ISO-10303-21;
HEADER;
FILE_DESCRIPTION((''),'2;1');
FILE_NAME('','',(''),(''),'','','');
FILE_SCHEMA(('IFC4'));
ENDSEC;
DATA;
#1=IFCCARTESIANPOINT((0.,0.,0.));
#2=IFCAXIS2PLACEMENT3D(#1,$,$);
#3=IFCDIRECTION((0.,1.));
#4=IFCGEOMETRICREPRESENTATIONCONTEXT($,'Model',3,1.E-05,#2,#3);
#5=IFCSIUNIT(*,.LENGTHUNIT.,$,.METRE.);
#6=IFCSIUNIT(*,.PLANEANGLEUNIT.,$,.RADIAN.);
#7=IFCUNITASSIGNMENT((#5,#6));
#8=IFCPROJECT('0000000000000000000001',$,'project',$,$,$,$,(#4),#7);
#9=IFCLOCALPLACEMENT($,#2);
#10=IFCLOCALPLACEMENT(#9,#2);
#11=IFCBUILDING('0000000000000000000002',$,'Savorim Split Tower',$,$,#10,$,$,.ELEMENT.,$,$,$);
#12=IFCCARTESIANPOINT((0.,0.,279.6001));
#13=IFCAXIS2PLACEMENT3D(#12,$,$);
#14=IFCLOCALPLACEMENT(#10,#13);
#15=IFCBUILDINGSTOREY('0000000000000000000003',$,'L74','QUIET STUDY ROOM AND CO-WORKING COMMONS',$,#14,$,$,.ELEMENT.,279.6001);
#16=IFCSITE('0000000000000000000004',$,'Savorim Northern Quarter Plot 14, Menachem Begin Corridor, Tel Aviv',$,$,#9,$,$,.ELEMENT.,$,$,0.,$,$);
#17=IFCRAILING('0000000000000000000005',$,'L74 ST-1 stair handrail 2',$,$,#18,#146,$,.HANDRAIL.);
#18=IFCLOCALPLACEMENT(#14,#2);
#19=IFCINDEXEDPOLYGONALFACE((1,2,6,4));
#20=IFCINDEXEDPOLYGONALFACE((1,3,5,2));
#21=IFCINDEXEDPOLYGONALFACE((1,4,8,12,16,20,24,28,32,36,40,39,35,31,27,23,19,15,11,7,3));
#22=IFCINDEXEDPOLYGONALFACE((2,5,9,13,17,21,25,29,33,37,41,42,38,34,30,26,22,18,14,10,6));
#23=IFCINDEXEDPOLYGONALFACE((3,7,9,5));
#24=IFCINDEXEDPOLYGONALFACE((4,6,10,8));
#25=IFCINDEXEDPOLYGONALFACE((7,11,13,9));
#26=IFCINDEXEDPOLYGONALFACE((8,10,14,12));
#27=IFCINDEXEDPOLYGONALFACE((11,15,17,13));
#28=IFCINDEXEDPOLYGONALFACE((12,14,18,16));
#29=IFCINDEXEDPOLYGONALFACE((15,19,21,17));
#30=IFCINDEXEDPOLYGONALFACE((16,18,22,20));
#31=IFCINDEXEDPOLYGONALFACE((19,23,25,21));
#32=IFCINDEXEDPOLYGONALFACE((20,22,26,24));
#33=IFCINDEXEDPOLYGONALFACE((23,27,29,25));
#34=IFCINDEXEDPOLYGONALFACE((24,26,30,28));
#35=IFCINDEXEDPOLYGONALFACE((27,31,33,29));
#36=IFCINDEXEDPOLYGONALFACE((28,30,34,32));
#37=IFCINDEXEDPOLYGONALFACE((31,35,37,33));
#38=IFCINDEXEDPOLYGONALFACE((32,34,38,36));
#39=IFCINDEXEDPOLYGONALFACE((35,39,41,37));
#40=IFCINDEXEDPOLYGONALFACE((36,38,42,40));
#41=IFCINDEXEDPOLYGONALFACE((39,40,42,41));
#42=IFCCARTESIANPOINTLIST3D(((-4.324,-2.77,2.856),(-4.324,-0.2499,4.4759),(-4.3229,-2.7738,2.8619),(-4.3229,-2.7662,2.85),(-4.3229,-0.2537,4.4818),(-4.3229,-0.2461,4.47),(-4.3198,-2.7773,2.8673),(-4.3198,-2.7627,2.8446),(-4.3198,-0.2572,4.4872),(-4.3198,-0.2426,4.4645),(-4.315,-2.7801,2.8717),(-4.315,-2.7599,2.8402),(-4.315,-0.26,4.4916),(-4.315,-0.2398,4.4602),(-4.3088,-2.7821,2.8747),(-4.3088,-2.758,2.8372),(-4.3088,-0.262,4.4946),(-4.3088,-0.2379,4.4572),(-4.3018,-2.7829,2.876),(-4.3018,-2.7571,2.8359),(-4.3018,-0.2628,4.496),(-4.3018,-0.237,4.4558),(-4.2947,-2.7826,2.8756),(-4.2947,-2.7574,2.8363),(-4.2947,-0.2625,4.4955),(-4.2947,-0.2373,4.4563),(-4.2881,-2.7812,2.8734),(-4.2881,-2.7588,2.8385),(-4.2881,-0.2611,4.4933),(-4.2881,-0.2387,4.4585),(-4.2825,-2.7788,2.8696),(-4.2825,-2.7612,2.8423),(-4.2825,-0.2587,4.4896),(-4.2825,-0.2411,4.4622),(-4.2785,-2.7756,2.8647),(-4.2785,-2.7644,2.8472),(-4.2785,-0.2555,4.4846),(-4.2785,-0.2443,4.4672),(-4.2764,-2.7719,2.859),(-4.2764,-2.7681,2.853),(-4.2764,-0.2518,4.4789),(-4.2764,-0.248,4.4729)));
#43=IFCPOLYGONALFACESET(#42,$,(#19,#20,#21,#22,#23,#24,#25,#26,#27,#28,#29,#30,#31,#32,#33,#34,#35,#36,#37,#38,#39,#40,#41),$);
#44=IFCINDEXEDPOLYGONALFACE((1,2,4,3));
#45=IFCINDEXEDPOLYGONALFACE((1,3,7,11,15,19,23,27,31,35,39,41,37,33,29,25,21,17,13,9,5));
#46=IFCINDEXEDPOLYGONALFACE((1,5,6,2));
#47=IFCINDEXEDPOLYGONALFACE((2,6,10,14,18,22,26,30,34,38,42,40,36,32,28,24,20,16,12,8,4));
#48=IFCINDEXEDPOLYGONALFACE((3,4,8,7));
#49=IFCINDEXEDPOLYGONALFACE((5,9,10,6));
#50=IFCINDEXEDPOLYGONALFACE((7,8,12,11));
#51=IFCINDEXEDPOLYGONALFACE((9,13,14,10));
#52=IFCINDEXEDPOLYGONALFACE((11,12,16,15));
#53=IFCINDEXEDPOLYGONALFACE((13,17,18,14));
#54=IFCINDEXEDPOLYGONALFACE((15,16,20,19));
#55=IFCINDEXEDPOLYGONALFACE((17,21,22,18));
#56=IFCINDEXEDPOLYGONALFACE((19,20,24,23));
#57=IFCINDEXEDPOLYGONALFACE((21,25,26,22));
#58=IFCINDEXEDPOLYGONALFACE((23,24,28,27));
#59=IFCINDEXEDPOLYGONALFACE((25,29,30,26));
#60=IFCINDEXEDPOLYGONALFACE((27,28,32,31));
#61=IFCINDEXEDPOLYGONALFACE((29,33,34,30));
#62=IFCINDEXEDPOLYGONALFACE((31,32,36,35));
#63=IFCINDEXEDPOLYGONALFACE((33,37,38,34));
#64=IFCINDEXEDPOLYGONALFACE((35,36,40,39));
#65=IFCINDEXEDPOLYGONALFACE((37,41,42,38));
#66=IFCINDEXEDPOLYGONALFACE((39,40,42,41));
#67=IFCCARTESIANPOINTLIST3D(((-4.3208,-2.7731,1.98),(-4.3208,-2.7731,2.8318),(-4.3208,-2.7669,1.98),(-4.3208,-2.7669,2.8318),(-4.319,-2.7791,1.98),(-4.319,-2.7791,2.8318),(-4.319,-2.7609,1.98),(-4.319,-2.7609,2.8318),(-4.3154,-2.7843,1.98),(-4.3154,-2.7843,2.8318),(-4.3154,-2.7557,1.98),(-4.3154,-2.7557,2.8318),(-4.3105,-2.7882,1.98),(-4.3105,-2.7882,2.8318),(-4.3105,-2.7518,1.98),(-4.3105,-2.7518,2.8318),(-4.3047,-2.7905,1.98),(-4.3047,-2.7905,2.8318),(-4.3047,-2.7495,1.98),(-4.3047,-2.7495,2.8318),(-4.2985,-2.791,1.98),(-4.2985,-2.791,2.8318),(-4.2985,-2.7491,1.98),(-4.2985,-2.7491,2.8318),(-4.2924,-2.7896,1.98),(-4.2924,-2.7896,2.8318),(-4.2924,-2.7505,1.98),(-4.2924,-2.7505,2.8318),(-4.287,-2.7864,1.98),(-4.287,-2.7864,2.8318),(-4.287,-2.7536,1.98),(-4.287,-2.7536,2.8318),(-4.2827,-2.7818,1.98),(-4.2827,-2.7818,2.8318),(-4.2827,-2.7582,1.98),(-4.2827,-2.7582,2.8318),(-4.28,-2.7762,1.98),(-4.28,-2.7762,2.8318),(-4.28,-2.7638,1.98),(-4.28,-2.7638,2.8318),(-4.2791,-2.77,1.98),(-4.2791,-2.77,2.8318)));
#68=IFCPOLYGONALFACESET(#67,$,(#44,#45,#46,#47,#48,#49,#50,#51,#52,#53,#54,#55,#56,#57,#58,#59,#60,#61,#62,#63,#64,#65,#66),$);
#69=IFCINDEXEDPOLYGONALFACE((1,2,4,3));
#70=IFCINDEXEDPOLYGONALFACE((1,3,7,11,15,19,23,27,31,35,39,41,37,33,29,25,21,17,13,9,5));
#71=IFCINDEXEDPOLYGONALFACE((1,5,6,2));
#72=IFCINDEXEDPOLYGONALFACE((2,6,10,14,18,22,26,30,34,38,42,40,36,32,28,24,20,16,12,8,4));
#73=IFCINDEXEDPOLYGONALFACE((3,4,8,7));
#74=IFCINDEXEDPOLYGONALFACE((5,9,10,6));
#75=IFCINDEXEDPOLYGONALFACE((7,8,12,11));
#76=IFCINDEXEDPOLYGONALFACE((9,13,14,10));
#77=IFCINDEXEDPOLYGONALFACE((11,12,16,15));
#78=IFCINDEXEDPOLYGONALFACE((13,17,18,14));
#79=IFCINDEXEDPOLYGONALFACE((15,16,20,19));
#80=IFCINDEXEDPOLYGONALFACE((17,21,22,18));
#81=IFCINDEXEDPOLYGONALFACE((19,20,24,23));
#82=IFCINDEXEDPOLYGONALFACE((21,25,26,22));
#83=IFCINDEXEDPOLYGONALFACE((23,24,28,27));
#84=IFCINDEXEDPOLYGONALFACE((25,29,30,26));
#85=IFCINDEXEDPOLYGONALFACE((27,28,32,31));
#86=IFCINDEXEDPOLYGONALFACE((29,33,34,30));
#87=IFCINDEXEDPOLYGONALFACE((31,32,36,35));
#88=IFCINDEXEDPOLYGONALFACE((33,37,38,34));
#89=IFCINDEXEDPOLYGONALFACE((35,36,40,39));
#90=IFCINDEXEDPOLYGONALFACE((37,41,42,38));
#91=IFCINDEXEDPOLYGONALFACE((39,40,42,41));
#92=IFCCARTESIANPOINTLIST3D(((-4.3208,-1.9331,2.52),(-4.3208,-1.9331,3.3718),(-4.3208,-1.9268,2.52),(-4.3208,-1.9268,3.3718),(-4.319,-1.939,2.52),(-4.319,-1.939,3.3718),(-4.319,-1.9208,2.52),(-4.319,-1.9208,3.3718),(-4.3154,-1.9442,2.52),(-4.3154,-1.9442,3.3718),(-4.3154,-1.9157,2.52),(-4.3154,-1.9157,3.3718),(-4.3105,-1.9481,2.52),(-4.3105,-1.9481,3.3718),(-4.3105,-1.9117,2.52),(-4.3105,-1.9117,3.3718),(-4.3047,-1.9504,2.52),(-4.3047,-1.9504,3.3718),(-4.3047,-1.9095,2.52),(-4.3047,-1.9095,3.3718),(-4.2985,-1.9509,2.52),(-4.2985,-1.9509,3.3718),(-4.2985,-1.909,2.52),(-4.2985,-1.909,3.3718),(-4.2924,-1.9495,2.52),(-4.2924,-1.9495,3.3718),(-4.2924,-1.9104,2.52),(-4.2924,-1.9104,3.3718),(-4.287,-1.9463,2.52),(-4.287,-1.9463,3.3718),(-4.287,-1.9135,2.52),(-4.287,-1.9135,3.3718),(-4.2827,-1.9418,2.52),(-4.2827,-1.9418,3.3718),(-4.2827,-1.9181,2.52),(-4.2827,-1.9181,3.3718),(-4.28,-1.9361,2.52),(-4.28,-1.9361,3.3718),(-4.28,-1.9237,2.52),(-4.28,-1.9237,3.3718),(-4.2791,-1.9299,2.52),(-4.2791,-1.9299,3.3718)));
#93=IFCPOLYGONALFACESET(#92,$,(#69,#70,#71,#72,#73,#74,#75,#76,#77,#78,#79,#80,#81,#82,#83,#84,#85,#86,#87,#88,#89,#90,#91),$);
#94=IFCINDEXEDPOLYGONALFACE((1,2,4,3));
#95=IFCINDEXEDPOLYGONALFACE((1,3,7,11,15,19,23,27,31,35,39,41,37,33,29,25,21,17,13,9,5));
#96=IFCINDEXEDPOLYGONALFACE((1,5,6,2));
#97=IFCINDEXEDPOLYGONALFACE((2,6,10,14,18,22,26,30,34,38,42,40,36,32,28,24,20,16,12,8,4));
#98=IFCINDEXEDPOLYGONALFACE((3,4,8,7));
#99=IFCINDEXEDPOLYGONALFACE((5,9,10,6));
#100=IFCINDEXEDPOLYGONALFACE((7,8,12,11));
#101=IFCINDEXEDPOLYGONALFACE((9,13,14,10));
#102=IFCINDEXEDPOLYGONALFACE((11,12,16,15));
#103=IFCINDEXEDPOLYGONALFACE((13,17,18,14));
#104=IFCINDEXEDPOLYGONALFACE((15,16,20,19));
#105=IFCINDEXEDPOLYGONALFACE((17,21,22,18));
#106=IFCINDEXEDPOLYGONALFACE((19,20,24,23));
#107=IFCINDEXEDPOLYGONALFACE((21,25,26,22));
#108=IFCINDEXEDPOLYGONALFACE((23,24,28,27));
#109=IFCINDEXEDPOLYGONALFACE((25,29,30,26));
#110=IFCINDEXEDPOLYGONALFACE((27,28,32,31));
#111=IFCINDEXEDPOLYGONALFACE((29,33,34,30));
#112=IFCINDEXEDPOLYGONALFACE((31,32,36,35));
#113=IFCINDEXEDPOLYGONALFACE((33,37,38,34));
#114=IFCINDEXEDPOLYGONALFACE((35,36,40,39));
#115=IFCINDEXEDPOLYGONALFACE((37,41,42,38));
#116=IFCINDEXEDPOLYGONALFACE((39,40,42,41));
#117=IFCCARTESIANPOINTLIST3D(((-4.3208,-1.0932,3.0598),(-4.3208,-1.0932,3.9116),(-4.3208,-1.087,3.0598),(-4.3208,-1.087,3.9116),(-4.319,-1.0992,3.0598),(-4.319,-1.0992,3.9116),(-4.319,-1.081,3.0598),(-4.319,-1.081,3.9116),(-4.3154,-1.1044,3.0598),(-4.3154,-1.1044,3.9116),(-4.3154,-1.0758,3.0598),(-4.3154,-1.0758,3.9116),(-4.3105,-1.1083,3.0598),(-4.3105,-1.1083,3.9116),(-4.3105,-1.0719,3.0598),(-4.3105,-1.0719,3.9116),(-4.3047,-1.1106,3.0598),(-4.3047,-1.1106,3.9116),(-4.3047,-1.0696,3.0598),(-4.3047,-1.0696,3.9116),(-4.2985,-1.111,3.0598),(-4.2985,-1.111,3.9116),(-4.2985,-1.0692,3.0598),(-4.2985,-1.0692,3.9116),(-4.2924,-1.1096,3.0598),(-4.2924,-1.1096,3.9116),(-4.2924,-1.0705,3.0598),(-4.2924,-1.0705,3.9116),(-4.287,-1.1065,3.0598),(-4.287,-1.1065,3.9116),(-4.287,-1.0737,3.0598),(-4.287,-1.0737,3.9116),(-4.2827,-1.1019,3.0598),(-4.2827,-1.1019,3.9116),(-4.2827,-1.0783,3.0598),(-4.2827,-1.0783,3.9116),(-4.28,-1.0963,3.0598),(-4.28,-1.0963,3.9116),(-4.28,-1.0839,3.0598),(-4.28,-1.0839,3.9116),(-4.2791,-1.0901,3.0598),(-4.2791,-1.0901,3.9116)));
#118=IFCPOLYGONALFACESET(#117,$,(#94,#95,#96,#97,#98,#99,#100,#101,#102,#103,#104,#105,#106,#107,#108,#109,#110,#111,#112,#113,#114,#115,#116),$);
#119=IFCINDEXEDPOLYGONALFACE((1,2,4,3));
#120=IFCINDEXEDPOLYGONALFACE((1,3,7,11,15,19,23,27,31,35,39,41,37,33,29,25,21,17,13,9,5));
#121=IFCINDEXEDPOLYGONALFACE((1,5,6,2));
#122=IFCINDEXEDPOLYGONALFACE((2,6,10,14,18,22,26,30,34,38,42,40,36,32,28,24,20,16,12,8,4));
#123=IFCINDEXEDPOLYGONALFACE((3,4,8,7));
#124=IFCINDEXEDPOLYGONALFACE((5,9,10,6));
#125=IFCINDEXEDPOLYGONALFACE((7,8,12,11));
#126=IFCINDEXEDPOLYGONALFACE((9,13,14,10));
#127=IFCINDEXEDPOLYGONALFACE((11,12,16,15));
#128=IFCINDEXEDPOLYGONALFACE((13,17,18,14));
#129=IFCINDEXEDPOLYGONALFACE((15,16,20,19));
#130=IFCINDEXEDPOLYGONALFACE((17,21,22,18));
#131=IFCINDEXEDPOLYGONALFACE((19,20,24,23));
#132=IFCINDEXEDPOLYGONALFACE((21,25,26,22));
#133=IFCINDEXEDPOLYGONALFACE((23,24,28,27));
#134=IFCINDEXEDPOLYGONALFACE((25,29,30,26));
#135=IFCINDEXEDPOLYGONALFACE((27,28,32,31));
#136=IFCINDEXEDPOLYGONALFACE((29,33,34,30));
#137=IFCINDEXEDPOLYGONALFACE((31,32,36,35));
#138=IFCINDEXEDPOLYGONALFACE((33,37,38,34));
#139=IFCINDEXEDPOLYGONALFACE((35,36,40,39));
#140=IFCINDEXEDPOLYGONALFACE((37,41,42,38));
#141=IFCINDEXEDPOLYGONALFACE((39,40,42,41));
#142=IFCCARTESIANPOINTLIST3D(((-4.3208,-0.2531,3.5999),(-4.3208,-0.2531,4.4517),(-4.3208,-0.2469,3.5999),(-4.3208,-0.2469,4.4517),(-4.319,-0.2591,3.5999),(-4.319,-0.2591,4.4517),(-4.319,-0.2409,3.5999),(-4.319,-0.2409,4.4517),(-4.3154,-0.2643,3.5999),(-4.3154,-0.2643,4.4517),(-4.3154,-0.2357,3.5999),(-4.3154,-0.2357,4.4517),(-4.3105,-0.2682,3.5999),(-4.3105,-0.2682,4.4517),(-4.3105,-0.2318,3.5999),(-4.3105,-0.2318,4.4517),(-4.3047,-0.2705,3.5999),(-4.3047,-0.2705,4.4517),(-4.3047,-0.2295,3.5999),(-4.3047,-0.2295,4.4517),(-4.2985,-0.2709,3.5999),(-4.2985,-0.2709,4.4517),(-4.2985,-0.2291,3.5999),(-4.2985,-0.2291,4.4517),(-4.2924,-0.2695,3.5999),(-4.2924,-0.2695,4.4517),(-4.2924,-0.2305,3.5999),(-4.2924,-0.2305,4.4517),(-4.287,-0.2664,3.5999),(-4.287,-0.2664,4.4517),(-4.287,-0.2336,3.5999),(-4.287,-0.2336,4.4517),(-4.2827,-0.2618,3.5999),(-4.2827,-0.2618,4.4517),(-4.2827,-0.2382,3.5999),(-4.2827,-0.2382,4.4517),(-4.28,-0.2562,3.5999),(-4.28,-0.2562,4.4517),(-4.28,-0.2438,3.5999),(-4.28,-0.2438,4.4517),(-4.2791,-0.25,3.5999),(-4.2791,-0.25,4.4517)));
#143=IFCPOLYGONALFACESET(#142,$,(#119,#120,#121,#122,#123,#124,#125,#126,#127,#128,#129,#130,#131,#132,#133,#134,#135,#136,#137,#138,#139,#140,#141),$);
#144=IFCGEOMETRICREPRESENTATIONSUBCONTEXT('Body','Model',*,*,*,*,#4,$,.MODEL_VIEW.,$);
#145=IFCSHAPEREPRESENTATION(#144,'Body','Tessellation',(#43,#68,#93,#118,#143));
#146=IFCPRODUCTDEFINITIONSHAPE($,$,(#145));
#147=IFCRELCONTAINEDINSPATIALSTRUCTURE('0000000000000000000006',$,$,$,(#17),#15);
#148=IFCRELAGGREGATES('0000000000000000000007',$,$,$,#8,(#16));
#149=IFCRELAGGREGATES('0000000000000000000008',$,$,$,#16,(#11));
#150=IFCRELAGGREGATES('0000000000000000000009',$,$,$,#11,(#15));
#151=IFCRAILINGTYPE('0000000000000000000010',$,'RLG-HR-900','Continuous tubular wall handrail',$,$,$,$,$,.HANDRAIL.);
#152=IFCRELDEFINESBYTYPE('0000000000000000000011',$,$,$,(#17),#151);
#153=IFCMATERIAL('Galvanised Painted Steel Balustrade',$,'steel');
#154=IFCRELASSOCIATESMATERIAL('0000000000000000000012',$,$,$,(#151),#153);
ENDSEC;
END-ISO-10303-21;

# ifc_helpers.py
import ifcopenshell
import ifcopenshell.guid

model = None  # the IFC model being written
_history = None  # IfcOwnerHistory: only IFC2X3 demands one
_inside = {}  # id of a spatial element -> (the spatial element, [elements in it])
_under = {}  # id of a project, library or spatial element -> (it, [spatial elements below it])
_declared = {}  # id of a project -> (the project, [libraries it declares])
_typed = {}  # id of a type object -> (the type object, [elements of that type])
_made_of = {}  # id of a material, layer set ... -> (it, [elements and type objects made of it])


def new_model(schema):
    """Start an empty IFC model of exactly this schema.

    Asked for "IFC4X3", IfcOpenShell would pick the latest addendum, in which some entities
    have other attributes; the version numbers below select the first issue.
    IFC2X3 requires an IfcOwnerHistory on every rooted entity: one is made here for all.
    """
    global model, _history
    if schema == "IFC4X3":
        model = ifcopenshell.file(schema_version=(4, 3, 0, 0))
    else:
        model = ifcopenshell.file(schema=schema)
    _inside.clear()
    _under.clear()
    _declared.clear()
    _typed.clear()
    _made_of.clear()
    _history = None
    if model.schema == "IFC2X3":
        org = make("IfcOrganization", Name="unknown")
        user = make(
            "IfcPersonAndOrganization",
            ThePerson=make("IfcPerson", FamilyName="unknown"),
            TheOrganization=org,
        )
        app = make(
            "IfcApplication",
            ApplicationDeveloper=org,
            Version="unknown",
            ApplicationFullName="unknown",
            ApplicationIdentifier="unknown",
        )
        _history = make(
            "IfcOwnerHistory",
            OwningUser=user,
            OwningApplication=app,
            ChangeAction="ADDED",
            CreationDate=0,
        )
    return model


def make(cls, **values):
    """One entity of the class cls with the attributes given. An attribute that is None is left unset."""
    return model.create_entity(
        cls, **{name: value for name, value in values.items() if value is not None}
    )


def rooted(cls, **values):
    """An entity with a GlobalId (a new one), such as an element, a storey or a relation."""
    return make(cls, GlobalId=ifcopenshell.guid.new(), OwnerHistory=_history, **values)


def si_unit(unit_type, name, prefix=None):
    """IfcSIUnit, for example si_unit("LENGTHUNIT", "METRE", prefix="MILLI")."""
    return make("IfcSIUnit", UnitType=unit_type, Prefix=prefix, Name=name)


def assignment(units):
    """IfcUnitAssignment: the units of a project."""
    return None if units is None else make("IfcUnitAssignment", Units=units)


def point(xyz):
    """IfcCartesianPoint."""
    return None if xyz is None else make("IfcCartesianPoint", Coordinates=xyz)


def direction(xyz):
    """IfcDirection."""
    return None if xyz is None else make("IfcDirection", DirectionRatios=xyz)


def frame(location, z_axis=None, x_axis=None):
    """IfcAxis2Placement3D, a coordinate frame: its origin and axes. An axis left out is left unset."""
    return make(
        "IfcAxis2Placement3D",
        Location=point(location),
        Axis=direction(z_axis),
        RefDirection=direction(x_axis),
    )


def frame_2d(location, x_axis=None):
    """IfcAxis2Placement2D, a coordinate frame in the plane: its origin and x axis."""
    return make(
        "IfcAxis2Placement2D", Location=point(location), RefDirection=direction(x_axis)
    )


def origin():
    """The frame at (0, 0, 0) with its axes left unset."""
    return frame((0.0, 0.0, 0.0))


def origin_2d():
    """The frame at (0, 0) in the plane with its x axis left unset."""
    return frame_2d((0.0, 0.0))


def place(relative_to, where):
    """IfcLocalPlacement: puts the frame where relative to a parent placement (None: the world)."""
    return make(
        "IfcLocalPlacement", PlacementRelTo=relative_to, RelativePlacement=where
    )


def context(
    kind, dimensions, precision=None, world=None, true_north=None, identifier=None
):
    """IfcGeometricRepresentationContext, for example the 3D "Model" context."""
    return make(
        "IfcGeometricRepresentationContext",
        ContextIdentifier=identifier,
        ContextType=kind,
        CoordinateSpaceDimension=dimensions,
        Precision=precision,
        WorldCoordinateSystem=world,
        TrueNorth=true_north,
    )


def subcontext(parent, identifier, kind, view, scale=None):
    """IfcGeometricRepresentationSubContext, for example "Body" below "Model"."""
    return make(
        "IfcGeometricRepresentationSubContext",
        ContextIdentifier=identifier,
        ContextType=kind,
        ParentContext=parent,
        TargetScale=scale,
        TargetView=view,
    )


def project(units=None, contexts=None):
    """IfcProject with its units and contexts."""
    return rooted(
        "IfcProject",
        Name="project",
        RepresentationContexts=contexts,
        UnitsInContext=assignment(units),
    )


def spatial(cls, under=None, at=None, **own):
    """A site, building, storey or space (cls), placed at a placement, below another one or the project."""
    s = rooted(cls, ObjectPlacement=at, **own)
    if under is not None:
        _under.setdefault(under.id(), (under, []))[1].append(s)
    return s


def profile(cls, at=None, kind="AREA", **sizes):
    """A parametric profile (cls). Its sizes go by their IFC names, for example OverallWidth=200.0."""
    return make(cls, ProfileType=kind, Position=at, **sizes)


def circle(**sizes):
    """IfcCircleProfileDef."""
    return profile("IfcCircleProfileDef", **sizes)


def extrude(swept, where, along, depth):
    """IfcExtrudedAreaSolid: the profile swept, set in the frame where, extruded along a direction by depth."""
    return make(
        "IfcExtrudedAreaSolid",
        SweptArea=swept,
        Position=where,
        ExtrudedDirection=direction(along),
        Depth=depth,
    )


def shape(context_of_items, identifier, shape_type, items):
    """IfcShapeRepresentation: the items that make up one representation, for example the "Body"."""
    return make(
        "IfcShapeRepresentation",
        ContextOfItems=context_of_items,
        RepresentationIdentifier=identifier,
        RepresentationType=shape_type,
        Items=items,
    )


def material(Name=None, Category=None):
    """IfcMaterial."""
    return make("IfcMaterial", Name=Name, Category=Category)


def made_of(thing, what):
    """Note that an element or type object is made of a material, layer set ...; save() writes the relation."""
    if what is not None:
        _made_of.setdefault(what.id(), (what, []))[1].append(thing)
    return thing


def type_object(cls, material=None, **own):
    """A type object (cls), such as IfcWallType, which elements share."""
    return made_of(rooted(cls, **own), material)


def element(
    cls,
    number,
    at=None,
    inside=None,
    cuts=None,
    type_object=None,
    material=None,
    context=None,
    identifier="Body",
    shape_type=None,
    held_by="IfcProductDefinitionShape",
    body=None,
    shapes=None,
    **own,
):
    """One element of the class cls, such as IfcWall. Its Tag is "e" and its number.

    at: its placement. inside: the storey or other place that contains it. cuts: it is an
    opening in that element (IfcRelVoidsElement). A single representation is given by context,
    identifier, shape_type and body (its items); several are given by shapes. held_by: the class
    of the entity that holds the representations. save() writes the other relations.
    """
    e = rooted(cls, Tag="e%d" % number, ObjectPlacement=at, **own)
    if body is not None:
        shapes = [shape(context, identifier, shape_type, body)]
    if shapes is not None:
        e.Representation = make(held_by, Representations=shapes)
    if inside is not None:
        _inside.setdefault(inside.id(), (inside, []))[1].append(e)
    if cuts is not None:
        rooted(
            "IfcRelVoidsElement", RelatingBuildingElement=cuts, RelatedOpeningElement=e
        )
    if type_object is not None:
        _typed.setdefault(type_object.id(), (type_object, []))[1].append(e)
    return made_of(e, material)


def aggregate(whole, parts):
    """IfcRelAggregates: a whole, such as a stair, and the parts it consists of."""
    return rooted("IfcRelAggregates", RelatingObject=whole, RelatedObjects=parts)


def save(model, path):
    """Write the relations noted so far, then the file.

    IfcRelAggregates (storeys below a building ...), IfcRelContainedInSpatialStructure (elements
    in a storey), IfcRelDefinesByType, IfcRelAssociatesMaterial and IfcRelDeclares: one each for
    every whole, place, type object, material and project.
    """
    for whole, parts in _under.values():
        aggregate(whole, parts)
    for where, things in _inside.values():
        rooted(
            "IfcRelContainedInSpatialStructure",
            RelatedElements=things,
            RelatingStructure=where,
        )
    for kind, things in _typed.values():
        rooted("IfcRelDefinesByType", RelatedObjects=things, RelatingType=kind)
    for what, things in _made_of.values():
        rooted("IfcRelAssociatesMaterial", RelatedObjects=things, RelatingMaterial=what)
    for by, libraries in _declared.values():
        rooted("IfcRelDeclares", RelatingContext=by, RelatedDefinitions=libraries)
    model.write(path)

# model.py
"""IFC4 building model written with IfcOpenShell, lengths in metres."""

from ifc_helpers import new_model, si_unit, direction, frame, origin, origin_2d, place, context, subcontext, project, spatial, circle, extrude, material, type_object, element, save


model = new_model("IFC4")

# Units and contexts
model_context = context("Model", 3, precision=1e-05, world=origin(), true_north=direction((0.0, 1.0)))
body_context = subcontext(model_context, "Body", "Model", "MODEL_VIEW")
ifc_project = project(units=[si_unit("LENGTHUNIT", "METRE"), si_unit("PLANEANGLEUNIT", "RADIAN")], contexts=[model_context])

# Site, building, storey
site_placement = place(None, origin())
site = spatial("IfcSite", under=ifc_project, at=site_placement, Name="Savorim Northern Quarter Plot 14, Menachem Begin Corridor, Tel Aviv", CompositionType="ELEMENT", RefElevation=0.0)
building_placement = place(site_placement, origin())
building = spatial("IfcBuilding", under=site, at=building_placement, Name="Savorim Split Tower", CompositionType="ELEMENT")
storey_placement = place(building_placement, frame((0.0, 0.0, 279.6001)))
storey = spatial("IfcBuildingStorey", under=building, at=storey_placement, Name="L74", Description="QUIET STUDY ROOM AND CO-WORKING COMMONS", CompositionType="ELEMENT", Elevation=279.6001)

# Railing
ifc_material_1 = material(Name="Galvanised Painted Steel Balustrade", Category="steel")
railing_type_1 = type_object("IfcRailingType", Name="RLG-HR-900", Description="Continuous tubular wall handrail", PredefinedType="HANDRAIL", material=ifc_material_1)
railing_1_placement = place(storey_placement, frame((-4.3, -2.77, 1.98)))
element("IfcRailing", 1, at=railing_1_placement, inside=storey, type_object=railing_type_1, Name="L74 ST-1 stair handrail 2", PredefinedType="HANDRAIL", context=body_context, shape_type="SweptSolid", body=[
    extrude(circle(Radius=0.0239, at=origin_2d()), frame((0.0, 0.0, 0.876), z_axis=(0.0, 0.8412, 0.540725), x_axis=(-1.0, 0.0, 0.0)), (0.0, 0.0, 1.0), 2.9958),
    extrude(circle(Radius=0.021, at=origin_2d()), origin(), (0.0, 0.0, 1.0), 0.8518),
    extrude(circle(Radius=0.021, at=origin_2d()), frame((0.0, 0.8401, 0.54)), (0.0, 0.0, 1.0), 0.8518),
    extrude(circle(Radius=0.021, at=origin_2d()), frame((0.0, 1.6799, 1.0798)), (0.0, 0.0, 1.0), 0.8518),
    extrude(circle(Radius=0.021, at=origin_2d()), frame((0.0, 2.52, 1.6199)), (0.0, 0.0, 1.0), 0.8518),
])

save(model, "model.ifc")
